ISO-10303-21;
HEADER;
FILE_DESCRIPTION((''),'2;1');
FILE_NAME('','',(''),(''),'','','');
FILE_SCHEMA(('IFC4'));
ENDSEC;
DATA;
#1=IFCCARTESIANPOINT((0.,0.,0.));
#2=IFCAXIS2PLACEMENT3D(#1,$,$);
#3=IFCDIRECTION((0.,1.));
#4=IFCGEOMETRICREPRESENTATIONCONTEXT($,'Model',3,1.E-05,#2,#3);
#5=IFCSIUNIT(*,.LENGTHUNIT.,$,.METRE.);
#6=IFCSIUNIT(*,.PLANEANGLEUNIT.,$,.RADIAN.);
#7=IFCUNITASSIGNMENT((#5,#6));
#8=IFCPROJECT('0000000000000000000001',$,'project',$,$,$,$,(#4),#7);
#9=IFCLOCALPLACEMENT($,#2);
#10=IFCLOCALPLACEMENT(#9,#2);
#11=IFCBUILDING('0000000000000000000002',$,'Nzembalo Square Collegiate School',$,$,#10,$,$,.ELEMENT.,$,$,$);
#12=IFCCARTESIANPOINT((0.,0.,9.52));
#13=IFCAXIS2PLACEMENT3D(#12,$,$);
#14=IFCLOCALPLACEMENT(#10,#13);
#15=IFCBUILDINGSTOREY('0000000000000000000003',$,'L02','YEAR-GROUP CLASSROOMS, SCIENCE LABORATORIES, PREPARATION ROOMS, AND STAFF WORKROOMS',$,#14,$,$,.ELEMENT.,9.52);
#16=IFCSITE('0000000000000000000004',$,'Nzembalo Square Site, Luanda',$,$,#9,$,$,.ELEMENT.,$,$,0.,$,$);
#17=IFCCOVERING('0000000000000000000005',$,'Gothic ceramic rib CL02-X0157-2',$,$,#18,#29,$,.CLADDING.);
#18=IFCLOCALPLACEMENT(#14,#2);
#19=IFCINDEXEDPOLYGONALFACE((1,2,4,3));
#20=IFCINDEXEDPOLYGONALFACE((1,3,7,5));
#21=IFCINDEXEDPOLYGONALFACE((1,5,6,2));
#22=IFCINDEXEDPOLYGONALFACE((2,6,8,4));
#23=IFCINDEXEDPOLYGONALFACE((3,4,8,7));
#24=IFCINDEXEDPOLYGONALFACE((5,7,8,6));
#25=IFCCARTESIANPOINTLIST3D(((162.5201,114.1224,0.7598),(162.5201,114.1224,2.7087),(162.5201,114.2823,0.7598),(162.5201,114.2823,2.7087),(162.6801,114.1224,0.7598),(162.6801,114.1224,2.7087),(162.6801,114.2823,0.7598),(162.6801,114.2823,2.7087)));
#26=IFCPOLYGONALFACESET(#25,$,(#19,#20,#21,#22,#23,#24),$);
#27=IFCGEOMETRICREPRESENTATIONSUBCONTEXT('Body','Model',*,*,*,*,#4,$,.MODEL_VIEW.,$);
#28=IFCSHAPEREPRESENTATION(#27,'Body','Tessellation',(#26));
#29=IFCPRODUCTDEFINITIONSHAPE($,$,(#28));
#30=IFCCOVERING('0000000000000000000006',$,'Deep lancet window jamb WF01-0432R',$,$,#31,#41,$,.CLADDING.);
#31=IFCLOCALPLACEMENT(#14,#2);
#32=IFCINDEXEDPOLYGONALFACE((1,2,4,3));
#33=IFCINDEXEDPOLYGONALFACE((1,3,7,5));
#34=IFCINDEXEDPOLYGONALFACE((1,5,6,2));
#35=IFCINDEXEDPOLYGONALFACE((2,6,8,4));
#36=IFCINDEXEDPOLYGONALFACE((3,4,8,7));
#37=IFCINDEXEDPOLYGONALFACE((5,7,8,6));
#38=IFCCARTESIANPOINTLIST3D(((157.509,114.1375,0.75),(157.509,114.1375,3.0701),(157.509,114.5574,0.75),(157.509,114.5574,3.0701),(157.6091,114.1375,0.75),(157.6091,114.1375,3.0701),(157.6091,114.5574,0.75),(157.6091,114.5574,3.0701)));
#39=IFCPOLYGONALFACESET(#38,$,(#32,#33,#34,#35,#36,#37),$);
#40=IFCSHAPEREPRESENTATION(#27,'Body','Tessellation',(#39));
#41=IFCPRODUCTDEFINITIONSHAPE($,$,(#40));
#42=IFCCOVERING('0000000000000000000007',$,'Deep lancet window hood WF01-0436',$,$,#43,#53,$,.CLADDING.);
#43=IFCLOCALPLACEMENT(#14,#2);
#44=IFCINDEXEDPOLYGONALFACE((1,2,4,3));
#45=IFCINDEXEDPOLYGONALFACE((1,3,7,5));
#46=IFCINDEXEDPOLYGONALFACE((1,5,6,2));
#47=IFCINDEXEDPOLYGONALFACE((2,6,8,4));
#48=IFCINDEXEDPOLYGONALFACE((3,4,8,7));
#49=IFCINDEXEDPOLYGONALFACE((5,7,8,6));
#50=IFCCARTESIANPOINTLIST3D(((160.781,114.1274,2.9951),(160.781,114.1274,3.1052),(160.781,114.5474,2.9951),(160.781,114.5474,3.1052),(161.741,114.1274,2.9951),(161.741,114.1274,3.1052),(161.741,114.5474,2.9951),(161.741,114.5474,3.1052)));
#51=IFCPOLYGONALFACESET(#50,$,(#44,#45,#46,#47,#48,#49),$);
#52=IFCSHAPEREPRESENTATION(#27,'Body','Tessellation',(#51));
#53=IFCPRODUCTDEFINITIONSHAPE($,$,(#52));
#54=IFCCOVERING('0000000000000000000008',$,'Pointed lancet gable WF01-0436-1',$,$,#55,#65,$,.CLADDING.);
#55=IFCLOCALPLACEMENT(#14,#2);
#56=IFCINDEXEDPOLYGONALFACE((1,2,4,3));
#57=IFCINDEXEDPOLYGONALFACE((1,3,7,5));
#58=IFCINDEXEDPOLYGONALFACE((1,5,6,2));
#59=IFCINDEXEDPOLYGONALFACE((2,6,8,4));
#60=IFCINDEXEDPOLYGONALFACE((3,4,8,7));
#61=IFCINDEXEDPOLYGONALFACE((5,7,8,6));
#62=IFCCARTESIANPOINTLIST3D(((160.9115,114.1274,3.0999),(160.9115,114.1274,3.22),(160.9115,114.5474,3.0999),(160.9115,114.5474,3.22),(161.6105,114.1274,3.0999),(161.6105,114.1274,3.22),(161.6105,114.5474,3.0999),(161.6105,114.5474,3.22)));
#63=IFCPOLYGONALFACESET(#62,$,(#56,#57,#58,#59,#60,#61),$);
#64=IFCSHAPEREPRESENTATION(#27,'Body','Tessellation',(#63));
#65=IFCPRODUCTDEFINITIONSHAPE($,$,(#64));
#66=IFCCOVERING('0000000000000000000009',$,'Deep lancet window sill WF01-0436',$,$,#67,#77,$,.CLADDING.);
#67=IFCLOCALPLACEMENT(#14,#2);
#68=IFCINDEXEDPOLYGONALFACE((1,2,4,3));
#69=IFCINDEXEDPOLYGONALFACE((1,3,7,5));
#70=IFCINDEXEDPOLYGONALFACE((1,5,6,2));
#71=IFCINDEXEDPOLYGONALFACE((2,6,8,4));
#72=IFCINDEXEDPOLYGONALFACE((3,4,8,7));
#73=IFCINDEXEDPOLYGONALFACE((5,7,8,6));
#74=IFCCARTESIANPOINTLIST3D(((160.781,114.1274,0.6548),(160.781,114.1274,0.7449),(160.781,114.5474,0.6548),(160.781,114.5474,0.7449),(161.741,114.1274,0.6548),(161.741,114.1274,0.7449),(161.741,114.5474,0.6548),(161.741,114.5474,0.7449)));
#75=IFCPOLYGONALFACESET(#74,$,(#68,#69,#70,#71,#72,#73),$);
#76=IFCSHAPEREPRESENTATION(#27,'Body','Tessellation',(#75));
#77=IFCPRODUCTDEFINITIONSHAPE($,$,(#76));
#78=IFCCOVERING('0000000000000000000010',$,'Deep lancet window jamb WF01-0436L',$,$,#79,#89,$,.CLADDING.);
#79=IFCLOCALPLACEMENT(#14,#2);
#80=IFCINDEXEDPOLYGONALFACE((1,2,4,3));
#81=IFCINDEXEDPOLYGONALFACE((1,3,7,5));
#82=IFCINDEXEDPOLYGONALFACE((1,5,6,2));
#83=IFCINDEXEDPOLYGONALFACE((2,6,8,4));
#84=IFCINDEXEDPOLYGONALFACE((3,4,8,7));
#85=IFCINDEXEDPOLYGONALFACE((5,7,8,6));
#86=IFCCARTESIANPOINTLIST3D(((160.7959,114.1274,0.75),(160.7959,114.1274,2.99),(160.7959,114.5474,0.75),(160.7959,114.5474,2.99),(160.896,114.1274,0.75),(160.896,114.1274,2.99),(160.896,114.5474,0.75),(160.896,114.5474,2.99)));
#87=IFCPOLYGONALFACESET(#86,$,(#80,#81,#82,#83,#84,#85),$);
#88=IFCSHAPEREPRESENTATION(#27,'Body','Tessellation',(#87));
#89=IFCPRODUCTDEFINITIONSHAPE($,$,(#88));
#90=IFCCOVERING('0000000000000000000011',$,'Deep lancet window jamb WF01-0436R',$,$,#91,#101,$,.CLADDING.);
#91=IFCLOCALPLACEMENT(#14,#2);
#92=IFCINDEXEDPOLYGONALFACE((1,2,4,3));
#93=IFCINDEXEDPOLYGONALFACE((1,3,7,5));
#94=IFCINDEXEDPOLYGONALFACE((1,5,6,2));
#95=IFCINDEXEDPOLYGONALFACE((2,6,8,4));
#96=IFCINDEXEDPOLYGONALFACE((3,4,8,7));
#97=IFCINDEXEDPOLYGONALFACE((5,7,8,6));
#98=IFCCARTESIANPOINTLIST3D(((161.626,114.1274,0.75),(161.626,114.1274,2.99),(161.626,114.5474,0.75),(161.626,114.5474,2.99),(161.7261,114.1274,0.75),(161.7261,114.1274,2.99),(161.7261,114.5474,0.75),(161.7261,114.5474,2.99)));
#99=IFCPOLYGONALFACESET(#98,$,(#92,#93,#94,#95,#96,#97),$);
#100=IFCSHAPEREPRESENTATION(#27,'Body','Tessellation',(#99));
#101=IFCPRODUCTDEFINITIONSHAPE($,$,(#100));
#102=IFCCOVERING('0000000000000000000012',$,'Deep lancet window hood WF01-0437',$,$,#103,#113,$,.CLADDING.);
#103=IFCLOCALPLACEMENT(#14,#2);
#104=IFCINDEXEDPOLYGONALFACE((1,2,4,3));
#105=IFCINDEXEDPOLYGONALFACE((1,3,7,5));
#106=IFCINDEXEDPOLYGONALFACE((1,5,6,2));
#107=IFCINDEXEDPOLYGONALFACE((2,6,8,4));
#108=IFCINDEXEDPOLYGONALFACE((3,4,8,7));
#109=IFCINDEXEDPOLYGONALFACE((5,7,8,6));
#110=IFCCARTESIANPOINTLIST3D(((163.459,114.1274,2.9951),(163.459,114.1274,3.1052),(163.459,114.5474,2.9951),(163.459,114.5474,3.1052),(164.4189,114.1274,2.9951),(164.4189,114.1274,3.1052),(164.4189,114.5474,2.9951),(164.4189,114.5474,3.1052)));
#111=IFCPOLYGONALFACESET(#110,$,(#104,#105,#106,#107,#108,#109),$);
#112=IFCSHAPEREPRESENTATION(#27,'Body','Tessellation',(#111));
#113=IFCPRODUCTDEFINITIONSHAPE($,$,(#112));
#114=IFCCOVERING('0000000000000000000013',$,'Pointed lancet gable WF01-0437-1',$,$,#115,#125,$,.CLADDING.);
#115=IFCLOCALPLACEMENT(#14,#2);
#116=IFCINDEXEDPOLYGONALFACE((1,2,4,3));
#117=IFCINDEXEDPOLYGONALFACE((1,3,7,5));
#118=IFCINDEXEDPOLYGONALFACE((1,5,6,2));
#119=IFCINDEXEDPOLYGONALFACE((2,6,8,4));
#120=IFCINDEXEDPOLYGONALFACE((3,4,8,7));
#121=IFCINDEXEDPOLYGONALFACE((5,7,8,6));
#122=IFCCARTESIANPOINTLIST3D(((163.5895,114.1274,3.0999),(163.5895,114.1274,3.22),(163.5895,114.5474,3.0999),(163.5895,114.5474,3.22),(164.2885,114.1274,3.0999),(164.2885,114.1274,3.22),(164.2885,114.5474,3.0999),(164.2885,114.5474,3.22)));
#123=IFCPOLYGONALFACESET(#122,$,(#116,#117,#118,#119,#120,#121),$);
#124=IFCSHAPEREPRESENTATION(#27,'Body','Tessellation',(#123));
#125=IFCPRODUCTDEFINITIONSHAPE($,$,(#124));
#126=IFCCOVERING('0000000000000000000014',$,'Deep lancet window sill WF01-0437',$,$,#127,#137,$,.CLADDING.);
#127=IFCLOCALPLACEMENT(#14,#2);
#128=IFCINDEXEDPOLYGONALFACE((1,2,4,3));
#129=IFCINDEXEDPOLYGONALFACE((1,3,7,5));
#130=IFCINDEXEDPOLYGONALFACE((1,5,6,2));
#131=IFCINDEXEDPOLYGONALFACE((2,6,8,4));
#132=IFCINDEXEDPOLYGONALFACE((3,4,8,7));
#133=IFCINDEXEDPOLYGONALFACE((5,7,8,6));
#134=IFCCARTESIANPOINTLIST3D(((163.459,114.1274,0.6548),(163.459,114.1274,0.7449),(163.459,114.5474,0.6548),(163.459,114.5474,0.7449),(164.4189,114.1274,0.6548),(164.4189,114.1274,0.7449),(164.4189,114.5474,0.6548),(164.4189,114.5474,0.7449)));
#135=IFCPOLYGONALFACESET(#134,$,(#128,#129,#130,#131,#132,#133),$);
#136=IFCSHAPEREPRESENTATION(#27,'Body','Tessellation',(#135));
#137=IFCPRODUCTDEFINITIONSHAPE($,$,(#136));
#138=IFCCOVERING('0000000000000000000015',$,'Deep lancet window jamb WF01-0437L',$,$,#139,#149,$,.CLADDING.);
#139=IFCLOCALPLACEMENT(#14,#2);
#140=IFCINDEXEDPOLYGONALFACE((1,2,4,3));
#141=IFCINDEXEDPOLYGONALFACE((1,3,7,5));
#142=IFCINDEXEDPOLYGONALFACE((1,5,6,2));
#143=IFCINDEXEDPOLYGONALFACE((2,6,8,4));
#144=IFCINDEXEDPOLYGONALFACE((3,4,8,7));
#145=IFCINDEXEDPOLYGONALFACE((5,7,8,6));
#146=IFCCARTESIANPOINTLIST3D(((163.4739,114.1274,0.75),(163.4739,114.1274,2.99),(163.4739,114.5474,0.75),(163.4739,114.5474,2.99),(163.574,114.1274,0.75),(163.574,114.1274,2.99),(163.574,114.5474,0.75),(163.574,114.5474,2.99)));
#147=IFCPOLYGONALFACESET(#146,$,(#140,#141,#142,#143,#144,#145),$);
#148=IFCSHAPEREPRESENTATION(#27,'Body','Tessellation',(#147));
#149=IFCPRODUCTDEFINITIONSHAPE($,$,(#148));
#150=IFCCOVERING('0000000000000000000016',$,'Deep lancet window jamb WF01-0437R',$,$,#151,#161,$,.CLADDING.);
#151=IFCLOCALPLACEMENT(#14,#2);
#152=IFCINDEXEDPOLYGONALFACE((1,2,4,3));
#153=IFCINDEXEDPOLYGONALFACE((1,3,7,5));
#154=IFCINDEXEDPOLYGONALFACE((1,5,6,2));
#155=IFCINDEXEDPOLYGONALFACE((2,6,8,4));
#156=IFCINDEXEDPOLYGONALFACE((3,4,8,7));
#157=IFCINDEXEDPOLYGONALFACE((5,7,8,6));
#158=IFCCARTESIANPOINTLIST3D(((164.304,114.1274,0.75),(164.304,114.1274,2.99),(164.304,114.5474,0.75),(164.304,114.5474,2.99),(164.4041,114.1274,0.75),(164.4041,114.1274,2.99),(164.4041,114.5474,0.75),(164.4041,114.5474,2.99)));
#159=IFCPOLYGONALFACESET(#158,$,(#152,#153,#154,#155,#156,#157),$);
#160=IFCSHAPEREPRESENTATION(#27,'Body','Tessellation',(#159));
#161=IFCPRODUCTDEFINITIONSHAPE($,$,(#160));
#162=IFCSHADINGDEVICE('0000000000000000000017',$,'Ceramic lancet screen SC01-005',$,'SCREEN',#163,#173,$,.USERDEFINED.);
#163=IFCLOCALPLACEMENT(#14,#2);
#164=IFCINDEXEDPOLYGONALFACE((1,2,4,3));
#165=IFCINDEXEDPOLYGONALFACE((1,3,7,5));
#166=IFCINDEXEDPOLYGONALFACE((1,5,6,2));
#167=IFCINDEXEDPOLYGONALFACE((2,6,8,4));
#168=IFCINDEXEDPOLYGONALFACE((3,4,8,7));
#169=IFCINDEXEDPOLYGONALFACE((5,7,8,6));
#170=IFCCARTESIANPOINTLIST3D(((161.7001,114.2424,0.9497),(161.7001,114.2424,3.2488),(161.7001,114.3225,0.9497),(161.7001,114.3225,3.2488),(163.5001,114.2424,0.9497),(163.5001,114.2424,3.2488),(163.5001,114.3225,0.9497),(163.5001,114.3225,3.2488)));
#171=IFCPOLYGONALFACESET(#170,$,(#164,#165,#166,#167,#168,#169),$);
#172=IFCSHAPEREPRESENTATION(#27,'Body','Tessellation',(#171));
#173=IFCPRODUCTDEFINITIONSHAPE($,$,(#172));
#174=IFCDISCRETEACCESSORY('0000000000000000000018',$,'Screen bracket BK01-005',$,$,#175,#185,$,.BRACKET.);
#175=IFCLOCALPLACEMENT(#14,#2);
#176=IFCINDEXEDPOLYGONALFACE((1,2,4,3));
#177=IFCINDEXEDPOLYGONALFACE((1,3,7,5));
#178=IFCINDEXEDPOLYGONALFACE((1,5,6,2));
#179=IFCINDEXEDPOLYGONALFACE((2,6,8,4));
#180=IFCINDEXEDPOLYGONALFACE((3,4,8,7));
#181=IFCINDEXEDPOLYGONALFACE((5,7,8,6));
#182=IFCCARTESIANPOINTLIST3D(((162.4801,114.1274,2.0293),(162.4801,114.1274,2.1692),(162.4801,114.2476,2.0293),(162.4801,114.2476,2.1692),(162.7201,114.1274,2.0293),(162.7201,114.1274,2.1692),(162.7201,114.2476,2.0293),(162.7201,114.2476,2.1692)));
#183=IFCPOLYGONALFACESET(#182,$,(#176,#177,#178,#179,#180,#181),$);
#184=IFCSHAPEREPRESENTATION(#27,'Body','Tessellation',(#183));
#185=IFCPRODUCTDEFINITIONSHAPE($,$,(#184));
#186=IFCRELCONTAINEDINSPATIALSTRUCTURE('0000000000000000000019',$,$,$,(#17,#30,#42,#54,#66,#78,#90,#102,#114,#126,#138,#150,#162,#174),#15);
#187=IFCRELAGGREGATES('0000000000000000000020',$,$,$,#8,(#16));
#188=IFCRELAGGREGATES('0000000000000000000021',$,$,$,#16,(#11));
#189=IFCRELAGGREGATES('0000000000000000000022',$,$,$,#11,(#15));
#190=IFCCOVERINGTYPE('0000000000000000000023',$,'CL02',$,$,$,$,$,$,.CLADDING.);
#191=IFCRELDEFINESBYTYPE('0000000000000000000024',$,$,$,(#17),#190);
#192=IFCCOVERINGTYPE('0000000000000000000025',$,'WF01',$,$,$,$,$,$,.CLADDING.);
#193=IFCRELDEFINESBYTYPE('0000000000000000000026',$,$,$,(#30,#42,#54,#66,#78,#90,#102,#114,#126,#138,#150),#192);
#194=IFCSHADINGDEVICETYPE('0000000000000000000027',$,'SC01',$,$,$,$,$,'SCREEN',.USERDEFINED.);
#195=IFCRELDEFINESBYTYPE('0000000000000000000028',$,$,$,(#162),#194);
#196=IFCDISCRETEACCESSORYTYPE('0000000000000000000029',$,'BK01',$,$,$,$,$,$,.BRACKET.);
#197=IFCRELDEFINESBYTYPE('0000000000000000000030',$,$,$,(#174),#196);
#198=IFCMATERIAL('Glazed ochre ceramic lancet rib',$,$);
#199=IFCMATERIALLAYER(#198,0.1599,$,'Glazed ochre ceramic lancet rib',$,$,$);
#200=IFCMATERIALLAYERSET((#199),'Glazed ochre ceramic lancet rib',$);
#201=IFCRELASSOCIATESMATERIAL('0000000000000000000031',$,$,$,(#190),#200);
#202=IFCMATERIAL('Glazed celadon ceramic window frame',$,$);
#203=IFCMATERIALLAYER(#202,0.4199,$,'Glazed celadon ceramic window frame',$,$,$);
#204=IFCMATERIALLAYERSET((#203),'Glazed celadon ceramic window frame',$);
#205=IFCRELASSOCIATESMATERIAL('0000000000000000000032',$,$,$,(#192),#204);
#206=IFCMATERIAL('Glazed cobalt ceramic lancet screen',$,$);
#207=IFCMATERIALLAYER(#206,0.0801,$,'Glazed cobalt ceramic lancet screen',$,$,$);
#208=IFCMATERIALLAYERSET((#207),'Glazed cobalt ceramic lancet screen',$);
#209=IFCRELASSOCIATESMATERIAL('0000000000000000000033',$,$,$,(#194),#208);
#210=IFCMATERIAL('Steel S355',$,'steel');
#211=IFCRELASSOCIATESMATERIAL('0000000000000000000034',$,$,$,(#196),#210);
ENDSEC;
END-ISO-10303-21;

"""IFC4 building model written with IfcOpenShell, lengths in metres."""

from ifc_helpers import new_model, si_unit, direction, frame, origin, origin_2d, place, context, subcontext, project, spatial, rectangle, extrude, material, layer, layer_set, type_object, element, save


model = new_model("IFC4")

# Units and contexts
model_context = context("Model", 3, precision=1e-05, world=origin(), true_north=direction((0.0, 1.0)))
body_context = subcontext(model_context, "Body", "Model", "MODEL_VIEW")
ifc_project = project(units=[si_unit("LENGTHUNIT", "METRE"), si_unit("PLANEANGLEUNIT", "RADIAN")], contexts=[model_context])

# Site, building, storey
site_placement = place(None, origin())
site = spatial("IfcSite", under=ifc_project, at=site_placement, Name="Nzembalo Square Site, Luanda", CompositionType="ELEMENT", RefElevation=0.0)
building_placement = place(site_placement, origin())
building = spatial("IfcBuilding", under=site, at=building_placement, Name="Nzembalo Square Collegiate School", CompositionType="ELEMENT")
storey_placement = place(building_placement, frame((0.0, 0.0, 9.52)))
storey = spatial("IfcBuildingStorey", under=building, at=storey_placement, Name="L02", Description="YEAR-GROUP CLASSROOMS, SCIENCE LABORATORIES, PREPARATION ROOMS, AND STAFF WORKROOMS", CompositionType="ELEMENT", Elevation=9.52)

# Coverings
ifc_material_1 = material(Name="Glazed ochre ceramic lancet rib")
ifc_layer_1 = layer(ifc_material_1, 0.1599, Name="Glazed ochre ceramic lancet rib")
ifc_layer_set_1 = layer_set([ifc_layer_1], Name="Glazed ochre ceramic lancet rib")
covering_type_1 = type_object("IfcCoveringType", Name="CL02", PredefinedType="CLADDING", material=ifc_layer_set_1)
for number, where, z_axis, x_axis, name in (
    (1, (162.6001, 114.2024, 0.7598), (0.0, 0.0, 1.0), (1.0, 0.0, 0.0), "Gothic ceramic rib CL02-X0157-2"),
):
    element("IfcCovering", number, at=place(storey_placement, frame(where, z_axis=z_axis, x_axis=x_axis)), inside=storey, type_object=covering_type_1, Name=name, PredefinedType="CLADDING", context=body_context, shape_type="SweptSolid", body=[
        extrude(rectangle(XDim=0.1599, YDim=0.1599, at=origin_2d()), origin(), (0.0, 0.0, 1.0), 1.949),
    ])
ifc_material_2 = material(Name="Glazed celadon ceramic window frame")
ifc_layer_2 = layer(ifc_material_2, 0.4199, Name="Glazed celadon ceramic window frame")
ifc_layer_set_2 = layer_set([ifc_layer_2], Name="Glazed celadon ceramic window frame")
covering_type_2 = type_object("IfcCoveringType", Name="WF01", PredefinedType="CLADDING", material=ifc_layer_set_2)
covering_1_placement = place(storey_placement, frame((157.5591, 114.3474, 0.75), z_axis=(0.0, 0.0, 1.0), x_axis=(1.0, 0.0, 0.0)))
element("IfcCovering", 2, at=covering_1_placement, inside=storey, type_object=covering_type_2, Name="Deep lancet window jamb WF01-0432R", PredefinedType="CLADDING", context=body_context, shape_type="SweptSolid", body=[
    extrude(rectangle(XDim=0.1001, YDim=0.4199, at=origin_2d()), origin(), (0.0, 0.0, 1.0), 2.3201),
])
covering_2_placement = place(storey_placement, frame((161.261, 114.3374, 2.9951), z_axis=(0.0, 0.0, 1.0), x_axis=(1.0, 0.0, 0.0)))
element("IfcCovering", 3, at=covering_2_placement, inside=storey, type_object=covering_type_2, Name="Deep lancet window hood WF01-0436", PredefinedType="CLADDING", context=body_context, shape_type="SweptSolid", body=[
    extrude(rectangle(XDim=0.96, YDim=0.4199, at=origin_2d()), origin(), (0.0, 0.0, 1.0), 0.1101),
])
covering_3_placement = place(storey_placement, frame((161.261, 114.3374, 3.0999), z_axis=(0.0, 0.0, 1.0), x_axis=(1.0, 0.0, 0.0)))
element("IfcCovering", 4, at=covering_3_placement, inside=storey, type_object=covering_type_2, Name="Pointed lancet gable WF01-0436-1", PredefinedType="CLADDING", context=body_context, shape_type="SweptSolid", body=[
    extrude(rectangle(XDim=0.699, YDim=0.4199, at=origin_2d()), origin(), (0.0, 0.0, 1.0), 0.1201),
])
covering_4_placement = place(storey_placement, frame((161.261, 114.3374, 0.6548), z_axis=(0.0, 0.0, 1.0), x_axis=(1.0, 0.0, 0.0)))
element("IfcCovering", 5, at=covering_4_placement, inside=storey, type_object=covering_type_2, Name="Deep lancet window sill WF01-0436", PredefinedType="CLADDING", context=body_context, shape_type="SweptSolid", body=[
    extrude(rectangle(XDim=0.96, YDim=0.4199, at=origin_2d()), origin(), (0.0, 0.0, 1.0), 0.0901),
])
for number, where, z_axis, x_axis, name in (
    (6, (160.8459, 114.3374, 0.75), (0.0, 0.0, 1.0), (1.0, 0.0, 0.0), "Deep lancet window jamb WF01-0436L"),
    (7, (161.676, 114.3374, 0.75), (0.0, 0.0, 1.0), (1.0, 0.0, 0.0), "Deep lancet window jamb WF01-0436R"),
):
    element("IfcCovering", number, at=place(storey_placement, frame(where, z_axis=z_axis, x_axis=x_axis)), inside=storey, type_object=covering_type_2, Name=name, PredefinedType="CLADDING", context=body_context, shape_type="SweptSolid", body=[
        extrude(rectangle(XDim=0.1001, YDim=0.4199, at=origin_2d()), origin(), (0.0, 0.0, 1.0), 2.24),
    ])
covering_5_placement = place(storey_placement, frame((163.939, 114.3374, 2.9951), z_axis=(0.0, 0.0, 1.0), x_axis=(1.0, 0.0, 0.0)))
element("IfcCovering", 8, at=covering_5_placement, inside=storey, type_object=covering_type_2, Name="Deep lancet window hood WF01-0437", PredefinedType="CLADDING", context=body_context, shape_type="SweptSolid", body=[
    extrude(rectangle(XDim=0.96, YDim=0.4199, at=origin_2d()), origin(), (0.0, 0.0, 1.0), 0.1101),
])
covering_6_placement = place(storey_placement, frame((163.939, 114.3374, 3.0999), z_axis=(0.0, 0.0, 1.0), x_axis=(1.0, 0.0, 0.0)))
element("IfcCovering", 9, at=covering_6_placement, inside=storey, type_object=covering_type_2, Name="Pointed lancet gable WF01-0437-1", PredefinedType="CLADDING", context=body_context, shape_type="SweptSolid", body=[
    extrude(rectangle(XDim=0.699, YDim=0.4199, at=origin_2d()), origin(), (0.0, 0.0, 1.0), 0.1201),
])
covering_7_placement = place(storey_placement, frame((163.939, 114.3374, 0.6548), z_axis=(0.0, 0.0, 1.0), x_axis=(1.0, 0.0, 0.0)))
element("IfcCovering", 10, at=covering_7_placement, inside=storey, type_object=covering_type_2, Name="Deep lancet window sill WF01-0437", PredefinedType="CLADDING", context=body_context, shape_type="SweptSolid", body=[
    extrude(rectangle(XDim=0.96, YDim=0.4199, at=origin_2d()), origin(), (0.0, 0.0, 1.0), 0.0901),
])
for number, where, z_axis, x_axis, name in (
    (11, (163.5239, 114.3374, 0.75), (0.0, 0.0, 1.0), (1.0, 0.0, 0.0), "Deep lancet window jamb WF01-0437L"),
    (12, (164.354, 114.3374, 0.75), (0.0, 0.0, 1.0), (1.0, 0.0, 0.0), "Deep lancet window jamb WF01-0437R"),
):
    element("IfcCovering", number, at=place(storey_placement, frame(where, z_axis=z_axis, x_axis=x_axis)), inside=storey, type_object=covering_type_2, Name=name, PredefinedType="CLADDING", context=body_context, shape_type="SweptSolid", body=[
        extrude(rectangle(XDim=0.1001, YDim=0.4199, at=origin_2d()), origin(), (0.0, 0.0, 1.0), 2.24),
    ])

# Shading device
ifc_material_3 = material(Name="Glazed cobalt ceramic lancet screen")
ifc_layer_3 = layer(ifc_material_3, 0.0801, Name="Glazed cobalt ceramic lancet screen")
ifc_layer_set_3 = layer_set([ifc_layer_3], Name="Glazed cobalt ceramic lancet screen")
shading_device_type = type_object("IfcShadingDeviceType", Name="SC01", ElementType="SCREEN", PredefinedType="USERDEFINED", material=ifc_layer_set_3)
shading_device_placement = place(storey_placement, frame((162.6001, 114.2825, 0.9497), z_axis=(0.0, 0.0, 1.0), x_axis=(1.0, 0.0, 0.0)))
element("IfcShadingDevice", 13, at=shading_device_placement, inside=storey, type_object=shading_device_type, Name="Ceramic lancet screen SC01-005", ObjectType="SCREEN", PredefinedType="USERDEFINED", context=body_context, shape_type="SweptSolid", body=[
    extrude(rectangle(XDim=1.8, YDim=0.0801, at=origin_2d()), origin(), (0.0, 0.0, 1.0), 2.2991),
])

# Discrete accessory
ifc_material_4 = material(Name="Steel S355", Category="steel")
discrete_accessory_type = type_object("IfcDiscreteAccessoryType", Name="BK01", PredefinedType="BRACKET", material=ifc_material_4)
discrete_accessory_placement = place(storey_placement, frame((162.6001, 114.1875, 2.0293), z_axis=(0.0, 0.0, 1.0), x_axis=(1.0, 0.0, 0.0)))
element("IfcDiscreteAccessory", 14, at=discrete_accessory_placement, inside=storey, type_object=discrete_accessory_type, Name="Screen bracket BK01-005", PredefinedType="BRACKET", context=body_context, shape_type="SweptSolid", body=[
    extrude(rectangle(XDim=0.24, YDim=0.1201, at=origin_2d()), origin(), (0.0, 0.0, 1.0), 0.1399),
])

save(model, "model.ifc")
